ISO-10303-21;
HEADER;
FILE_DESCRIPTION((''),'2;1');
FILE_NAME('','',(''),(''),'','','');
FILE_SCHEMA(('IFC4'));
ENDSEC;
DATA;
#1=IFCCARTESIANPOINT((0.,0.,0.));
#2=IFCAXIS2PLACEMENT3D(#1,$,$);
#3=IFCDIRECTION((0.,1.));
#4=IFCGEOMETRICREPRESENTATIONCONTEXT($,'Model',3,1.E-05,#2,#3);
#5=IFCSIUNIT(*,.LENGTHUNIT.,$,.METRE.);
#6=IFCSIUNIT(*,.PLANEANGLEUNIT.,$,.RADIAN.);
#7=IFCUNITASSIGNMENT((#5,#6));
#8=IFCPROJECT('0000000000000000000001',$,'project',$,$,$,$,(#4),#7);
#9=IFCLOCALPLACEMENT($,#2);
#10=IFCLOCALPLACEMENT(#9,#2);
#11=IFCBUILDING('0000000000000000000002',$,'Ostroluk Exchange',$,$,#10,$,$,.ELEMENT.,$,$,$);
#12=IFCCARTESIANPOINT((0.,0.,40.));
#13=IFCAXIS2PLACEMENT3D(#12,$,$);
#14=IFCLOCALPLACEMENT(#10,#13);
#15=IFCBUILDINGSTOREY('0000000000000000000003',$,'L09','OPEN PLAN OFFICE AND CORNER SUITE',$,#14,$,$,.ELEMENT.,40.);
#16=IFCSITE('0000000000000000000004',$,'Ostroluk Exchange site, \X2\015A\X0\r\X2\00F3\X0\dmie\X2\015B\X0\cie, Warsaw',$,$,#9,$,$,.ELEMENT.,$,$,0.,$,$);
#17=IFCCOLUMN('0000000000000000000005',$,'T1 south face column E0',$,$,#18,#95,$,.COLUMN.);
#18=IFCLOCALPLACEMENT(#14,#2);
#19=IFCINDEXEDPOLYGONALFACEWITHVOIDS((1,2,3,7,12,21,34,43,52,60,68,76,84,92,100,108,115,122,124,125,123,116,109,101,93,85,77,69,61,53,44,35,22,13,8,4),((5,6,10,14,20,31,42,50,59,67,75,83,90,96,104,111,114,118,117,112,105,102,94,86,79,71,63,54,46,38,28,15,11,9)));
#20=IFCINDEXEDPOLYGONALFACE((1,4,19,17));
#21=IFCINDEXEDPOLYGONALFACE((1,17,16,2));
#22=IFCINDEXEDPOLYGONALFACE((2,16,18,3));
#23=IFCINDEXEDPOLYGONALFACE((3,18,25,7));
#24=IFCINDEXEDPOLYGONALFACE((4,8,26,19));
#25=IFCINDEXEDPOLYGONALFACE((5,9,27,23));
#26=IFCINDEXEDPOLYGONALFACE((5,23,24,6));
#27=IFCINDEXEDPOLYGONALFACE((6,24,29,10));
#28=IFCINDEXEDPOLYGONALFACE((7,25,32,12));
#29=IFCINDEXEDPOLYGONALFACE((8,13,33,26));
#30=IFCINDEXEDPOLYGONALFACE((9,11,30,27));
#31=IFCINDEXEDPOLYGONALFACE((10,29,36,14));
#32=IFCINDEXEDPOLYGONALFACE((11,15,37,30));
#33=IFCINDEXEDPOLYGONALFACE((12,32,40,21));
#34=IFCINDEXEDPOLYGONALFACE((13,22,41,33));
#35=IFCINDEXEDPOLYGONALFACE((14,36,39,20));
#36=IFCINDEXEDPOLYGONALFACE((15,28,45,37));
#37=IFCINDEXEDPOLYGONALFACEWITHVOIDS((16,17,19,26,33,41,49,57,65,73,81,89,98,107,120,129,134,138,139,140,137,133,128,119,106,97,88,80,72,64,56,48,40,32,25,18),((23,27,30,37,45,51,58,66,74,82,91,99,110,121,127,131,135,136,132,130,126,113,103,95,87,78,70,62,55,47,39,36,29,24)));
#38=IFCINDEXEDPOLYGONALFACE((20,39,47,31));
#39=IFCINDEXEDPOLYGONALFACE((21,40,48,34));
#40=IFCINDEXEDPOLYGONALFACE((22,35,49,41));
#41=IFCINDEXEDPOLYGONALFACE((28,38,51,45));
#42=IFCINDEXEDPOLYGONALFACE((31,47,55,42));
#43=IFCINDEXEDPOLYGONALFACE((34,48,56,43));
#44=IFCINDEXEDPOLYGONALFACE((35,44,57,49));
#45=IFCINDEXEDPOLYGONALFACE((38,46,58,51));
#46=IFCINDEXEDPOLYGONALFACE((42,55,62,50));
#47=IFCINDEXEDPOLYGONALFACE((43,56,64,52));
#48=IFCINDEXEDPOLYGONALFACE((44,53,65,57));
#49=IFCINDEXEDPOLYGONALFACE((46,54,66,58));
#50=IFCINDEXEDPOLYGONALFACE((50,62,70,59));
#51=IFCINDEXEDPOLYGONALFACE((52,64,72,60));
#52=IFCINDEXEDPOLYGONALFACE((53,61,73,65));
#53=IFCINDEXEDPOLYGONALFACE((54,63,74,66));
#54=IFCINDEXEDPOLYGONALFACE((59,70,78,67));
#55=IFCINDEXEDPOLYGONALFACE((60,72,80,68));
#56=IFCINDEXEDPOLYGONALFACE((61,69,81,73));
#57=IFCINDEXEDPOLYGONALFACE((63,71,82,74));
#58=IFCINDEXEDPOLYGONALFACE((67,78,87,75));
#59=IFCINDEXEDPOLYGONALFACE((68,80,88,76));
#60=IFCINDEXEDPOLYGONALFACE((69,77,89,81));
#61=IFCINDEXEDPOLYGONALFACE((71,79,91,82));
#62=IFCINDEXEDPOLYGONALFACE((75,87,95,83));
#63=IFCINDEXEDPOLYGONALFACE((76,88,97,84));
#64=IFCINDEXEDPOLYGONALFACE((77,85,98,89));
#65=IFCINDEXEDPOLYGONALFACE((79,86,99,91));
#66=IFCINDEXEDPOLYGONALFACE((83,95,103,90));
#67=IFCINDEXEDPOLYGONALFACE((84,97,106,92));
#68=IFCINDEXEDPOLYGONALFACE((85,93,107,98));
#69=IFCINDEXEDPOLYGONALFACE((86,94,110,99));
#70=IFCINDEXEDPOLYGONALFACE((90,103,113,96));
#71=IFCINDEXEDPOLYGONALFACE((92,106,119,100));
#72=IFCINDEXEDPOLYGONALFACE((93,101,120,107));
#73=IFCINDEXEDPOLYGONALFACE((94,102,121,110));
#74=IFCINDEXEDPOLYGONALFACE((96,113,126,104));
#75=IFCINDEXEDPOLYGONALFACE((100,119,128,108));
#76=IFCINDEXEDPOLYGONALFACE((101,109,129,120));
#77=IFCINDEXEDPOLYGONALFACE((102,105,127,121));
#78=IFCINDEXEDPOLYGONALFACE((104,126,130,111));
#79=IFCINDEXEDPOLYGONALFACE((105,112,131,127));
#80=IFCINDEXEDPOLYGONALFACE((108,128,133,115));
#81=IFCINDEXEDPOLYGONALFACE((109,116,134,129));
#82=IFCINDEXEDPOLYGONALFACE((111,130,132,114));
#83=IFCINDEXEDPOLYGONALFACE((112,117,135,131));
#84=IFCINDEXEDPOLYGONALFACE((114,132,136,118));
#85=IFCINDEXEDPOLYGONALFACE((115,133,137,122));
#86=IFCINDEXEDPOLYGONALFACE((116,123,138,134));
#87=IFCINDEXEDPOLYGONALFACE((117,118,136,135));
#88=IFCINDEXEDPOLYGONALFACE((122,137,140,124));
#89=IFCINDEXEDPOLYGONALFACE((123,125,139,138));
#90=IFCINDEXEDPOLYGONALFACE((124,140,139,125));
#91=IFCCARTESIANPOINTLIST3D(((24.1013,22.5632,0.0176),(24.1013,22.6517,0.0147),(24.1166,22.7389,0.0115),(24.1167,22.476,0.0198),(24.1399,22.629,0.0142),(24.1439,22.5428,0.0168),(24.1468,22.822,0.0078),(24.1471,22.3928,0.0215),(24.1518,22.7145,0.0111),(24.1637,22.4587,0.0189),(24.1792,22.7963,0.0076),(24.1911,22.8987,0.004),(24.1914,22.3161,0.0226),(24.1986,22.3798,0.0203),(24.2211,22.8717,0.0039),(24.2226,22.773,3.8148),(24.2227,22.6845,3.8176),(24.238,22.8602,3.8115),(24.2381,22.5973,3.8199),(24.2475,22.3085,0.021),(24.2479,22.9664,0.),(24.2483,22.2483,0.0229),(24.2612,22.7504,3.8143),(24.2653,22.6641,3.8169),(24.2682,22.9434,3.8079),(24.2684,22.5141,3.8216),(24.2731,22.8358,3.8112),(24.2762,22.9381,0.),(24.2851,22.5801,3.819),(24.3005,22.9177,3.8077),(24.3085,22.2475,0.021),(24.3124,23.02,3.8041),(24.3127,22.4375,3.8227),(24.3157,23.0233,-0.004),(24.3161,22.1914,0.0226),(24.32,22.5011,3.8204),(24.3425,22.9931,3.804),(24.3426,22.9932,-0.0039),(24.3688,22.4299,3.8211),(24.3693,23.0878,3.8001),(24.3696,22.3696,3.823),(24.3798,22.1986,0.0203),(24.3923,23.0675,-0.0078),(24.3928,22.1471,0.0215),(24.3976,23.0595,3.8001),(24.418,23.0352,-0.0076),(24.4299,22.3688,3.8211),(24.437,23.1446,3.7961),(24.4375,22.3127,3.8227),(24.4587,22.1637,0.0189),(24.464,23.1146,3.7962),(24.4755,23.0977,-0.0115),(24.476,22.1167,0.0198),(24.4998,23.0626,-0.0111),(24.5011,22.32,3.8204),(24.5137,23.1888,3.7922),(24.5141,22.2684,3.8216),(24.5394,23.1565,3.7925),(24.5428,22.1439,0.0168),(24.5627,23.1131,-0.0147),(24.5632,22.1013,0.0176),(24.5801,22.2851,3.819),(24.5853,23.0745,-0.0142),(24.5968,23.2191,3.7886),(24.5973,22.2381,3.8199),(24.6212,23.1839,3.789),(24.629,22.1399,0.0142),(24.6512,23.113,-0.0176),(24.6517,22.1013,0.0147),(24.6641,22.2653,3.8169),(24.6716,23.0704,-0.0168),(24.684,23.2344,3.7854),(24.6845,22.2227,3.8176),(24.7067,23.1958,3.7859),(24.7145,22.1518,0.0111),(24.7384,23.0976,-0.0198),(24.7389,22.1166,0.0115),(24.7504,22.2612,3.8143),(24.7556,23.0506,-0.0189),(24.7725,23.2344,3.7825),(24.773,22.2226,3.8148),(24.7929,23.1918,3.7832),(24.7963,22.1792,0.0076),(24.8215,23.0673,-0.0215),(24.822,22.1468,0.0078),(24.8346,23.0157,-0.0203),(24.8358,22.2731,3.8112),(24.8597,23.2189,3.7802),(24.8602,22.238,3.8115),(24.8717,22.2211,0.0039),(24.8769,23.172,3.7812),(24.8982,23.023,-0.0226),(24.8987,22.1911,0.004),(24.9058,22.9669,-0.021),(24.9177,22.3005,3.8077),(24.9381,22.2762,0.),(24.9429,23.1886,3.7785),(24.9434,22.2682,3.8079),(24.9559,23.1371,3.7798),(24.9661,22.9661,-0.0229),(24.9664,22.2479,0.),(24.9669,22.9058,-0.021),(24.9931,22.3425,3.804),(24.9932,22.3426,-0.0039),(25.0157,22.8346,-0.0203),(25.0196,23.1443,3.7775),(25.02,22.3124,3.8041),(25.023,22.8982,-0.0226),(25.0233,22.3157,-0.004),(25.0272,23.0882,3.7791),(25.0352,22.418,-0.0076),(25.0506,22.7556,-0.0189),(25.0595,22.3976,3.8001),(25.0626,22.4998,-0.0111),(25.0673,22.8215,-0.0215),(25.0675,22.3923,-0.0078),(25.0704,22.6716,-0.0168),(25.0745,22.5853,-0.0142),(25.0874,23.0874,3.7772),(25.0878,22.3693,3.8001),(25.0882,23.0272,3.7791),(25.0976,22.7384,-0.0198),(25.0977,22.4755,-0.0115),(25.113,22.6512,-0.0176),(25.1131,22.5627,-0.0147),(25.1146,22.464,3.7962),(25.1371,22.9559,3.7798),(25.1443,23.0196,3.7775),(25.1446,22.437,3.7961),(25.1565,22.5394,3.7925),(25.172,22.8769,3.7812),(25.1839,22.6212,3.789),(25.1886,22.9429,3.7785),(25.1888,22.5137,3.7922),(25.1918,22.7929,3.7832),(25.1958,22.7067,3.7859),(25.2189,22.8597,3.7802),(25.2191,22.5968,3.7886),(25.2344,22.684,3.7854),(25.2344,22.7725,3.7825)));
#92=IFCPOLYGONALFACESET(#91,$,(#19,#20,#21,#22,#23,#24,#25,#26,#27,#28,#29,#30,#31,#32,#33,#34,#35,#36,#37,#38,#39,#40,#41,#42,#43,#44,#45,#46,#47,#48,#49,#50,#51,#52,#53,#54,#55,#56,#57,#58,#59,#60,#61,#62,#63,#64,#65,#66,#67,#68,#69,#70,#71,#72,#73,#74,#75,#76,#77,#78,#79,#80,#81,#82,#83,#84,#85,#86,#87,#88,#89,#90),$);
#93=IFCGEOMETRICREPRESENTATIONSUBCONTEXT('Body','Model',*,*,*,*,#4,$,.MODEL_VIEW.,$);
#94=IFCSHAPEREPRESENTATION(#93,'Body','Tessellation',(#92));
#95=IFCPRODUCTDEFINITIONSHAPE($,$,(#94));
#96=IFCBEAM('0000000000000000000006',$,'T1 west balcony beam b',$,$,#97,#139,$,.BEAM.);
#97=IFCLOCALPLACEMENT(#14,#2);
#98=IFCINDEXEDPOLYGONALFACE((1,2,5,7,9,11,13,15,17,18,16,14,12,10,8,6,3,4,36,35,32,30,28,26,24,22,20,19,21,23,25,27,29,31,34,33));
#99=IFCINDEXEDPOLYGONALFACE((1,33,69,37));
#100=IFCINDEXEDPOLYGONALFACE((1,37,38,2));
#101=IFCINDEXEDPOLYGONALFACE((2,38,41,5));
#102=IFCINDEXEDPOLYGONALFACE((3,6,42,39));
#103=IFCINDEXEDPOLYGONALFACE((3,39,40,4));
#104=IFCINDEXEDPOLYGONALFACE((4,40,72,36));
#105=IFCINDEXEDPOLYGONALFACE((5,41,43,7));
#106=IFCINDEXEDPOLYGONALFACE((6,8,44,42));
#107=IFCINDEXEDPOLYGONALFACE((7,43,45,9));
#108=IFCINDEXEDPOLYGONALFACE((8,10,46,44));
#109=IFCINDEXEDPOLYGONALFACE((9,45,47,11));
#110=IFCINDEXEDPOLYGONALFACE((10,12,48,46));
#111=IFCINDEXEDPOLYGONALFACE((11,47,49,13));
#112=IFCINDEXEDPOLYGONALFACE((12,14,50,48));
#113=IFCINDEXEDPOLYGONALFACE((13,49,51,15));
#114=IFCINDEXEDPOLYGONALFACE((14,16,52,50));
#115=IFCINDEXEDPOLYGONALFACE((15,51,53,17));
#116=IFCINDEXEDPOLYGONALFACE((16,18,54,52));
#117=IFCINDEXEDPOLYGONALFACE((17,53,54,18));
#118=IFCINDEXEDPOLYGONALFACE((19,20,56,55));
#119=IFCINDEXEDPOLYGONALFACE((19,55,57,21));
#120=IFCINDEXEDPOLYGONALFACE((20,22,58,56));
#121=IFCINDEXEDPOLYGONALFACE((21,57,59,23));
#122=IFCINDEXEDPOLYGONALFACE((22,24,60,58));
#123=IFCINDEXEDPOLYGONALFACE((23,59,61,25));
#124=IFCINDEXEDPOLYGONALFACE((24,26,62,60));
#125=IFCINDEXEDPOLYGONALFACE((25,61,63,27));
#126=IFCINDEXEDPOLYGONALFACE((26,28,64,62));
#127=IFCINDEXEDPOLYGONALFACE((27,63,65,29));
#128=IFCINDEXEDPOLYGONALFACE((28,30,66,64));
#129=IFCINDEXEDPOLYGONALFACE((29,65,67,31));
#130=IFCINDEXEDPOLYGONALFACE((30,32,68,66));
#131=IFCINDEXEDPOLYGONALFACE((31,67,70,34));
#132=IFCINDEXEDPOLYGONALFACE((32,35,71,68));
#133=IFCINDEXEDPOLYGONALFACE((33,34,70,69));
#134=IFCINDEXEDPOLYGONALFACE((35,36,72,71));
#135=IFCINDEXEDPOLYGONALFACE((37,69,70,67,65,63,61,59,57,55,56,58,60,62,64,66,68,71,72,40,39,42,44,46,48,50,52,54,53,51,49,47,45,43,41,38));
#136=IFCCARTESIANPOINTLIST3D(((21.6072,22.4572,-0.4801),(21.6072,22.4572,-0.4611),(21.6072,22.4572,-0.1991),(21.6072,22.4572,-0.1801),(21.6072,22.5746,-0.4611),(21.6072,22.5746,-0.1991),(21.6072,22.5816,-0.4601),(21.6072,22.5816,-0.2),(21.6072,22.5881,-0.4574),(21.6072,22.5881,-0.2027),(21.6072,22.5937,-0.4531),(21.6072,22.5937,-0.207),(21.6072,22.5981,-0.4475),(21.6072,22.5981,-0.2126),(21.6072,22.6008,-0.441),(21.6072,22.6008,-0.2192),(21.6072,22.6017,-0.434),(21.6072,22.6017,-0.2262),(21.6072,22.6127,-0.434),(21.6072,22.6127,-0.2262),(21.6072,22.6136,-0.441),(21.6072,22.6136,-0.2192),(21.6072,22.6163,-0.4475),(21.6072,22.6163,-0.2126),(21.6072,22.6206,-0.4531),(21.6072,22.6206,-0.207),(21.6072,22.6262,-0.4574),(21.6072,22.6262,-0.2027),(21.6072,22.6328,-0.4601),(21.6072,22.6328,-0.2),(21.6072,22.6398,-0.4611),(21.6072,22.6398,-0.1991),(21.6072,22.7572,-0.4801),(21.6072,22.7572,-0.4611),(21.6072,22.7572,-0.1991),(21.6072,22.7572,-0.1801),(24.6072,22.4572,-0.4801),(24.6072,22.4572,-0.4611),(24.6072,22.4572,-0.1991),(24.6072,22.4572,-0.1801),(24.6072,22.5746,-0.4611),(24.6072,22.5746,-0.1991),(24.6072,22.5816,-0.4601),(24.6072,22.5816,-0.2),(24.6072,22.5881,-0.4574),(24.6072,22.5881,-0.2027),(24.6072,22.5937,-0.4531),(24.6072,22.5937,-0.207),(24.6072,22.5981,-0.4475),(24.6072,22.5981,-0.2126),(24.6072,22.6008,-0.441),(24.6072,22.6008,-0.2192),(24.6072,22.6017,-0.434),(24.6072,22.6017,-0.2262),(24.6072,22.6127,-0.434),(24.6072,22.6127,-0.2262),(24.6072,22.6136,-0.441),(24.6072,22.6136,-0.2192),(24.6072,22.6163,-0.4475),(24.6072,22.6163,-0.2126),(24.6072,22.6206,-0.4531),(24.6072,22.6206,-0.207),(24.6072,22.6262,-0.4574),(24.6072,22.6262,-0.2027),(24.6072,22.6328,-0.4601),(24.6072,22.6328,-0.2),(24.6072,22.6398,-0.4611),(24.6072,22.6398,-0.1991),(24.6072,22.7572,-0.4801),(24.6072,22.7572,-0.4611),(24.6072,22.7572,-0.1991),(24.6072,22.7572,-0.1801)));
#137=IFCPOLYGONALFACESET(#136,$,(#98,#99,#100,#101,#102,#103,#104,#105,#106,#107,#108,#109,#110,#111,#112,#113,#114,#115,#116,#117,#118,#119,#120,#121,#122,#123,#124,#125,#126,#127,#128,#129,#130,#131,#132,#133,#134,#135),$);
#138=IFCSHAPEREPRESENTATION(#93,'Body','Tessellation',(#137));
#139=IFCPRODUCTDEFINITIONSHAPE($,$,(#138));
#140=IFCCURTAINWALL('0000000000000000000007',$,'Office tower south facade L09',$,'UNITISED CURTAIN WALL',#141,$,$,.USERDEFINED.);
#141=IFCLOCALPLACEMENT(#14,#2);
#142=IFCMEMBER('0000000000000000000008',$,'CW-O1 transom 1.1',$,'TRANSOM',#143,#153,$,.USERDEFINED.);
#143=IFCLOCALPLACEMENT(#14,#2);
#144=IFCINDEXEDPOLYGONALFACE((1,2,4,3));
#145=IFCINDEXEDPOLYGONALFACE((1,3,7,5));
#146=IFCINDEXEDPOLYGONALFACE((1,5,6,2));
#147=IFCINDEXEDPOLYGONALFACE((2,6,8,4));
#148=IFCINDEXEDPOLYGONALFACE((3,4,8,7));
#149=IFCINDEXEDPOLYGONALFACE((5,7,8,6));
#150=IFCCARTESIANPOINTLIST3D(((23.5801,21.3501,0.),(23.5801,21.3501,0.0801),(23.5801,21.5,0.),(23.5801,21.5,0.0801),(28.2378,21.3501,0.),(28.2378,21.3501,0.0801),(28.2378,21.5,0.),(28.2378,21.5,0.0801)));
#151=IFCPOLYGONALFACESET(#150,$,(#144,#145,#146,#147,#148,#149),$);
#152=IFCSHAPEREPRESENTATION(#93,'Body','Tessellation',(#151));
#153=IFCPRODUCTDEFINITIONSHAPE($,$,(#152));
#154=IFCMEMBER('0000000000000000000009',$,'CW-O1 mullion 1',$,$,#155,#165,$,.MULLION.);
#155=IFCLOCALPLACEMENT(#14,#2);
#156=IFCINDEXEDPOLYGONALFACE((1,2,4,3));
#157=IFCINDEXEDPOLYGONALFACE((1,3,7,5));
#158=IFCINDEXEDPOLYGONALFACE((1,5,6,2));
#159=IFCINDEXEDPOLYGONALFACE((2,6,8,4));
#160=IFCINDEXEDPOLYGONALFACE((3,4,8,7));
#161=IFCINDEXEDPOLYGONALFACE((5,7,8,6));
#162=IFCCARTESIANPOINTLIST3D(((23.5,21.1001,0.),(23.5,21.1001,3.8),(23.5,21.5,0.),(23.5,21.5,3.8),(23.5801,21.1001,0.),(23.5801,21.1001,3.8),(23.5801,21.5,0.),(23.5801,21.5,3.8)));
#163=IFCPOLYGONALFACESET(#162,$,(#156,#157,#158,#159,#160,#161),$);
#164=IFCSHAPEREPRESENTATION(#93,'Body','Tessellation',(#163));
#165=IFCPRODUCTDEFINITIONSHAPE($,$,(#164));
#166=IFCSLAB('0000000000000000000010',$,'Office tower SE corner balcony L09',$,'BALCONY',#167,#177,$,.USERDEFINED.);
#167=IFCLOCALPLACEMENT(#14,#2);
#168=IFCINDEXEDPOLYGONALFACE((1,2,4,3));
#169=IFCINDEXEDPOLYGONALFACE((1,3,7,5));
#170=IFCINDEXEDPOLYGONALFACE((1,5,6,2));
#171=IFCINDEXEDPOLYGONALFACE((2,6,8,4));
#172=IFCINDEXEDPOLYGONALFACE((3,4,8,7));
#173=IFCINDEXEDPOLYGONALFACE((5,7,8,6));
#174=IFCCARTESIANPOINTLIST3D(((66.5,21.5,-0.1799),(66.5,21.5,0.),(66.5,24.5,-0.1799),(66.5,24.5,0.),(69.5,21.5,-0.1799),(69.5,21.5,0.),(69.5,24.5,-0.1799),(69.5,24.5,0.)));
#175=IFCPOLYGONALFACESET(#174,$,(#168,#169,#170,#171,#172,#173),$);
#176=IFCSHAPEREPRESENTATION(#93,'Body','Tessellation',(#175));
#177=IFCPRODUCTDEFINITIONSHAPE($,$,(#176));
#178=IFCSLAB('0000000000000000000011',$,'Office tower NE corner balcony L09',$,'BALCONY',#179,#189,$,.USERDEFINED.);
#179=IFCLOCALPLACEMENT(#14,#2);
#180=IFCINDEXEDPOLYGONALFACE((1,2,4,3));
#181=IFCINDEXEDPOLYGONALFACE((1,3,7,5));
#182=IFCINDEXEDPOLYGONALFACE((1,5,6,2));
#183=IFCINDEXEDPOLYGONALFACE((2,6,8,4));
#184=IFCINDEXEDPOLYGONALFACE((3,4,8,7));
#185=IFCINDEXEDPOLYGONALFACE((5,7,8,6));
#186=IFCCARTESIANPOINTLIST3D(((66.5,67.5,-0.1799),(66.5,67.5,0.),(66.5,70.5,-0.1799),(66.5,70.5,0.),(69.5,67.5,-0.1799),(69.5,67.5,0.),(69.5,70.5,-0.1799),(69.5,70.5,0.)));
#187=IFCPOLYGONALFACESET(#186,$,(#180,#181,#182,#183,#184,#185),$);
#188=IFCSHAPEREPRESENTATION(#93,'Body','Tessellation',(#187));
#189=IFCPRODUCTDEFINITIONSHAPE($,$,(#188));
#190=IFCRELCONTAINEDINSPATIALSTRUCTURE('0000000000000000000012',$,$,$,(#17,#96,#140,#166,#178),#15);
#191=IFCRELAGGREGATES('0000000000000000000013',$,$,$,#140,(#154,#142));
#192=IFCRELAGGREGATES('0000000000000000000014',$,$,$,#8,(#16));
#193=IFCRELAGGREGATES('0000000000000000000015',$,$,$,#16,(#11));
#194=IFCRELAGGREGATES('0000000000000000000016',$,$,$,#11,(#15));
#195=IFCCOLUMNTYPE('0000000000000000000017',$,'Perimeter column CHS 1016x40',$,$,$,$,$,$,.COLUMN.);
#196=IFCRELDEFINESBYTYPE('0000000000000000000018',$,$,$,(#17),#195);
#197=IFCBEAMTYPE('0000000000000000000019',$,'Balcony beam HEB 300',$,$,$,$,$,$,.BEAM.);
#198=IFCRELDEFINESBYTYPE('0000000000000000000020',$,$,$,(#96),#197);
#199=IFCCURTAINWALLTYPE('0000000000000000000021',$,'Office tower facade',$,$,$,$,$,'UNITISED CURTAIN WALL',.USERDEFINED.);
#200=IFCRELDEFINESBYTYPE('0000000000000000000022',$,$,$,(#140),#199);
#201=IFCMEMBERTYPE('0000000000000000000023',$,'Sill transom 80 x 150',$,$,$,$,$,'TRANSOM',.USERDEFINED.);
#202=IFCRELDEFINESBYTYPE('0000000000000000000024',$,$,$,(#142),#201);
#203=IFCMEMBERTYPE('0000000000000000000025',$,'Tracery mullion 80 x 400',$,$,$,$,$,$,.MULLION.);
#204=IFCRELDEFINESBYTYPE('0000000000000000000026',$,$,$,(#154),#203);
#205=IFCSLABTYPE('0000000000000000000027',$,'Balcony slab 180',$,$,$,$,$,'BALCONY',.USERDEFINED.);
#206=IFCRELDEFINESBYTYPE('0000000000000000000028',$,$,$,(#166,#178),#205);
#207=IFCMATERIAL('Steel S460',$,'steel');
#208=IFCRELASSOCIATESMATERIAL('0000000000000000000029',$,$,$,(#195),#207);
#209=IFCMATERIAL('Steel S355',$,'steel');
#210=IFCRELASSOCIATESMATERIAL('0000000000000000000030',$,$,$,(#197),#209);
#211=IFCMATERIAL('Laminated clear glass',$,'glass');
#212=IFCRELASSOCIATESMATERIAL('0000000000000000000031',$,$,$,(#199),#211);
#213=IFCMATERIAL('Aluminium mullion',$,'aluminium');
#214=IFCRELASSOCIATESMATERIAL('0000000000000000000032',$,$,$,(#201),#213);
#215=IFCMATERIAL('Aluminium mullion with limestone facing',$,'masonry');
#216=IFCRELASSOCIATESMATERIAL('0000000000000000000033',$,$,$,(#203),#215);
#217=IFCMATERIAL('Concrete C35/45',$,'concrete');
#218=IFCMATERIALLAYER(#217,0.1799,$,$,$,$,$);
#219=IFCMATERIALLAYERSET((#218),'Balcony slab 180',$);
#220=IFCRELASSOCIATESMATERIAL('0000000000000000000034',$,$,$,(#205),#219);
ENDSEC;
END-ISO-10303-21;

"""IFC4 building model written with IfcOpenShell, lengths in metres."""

from ifc_helpers import new_model, si_unit, direction, frame, origin, origin_2d, place, context, subcontext, project, spatial, polyline, rectangle, hollow_circle, i_section, outline, extrude, material, layer, layer_set, material_profile, profile_set, type_object, element, aggregate, save


model = new_model("IFC4")

# Units and contexts
model_context = context("Model", 3, precision=1e-05, world=origin(), true_north=direction((0.0, 1.0)))
body_context = subcontext(model_context, "Body", "Model", "MODEL_VIEW")
ifc_project = project(units=[si_unit("LENGTHUNIT", "METRE"), si_unit("PLANEANGLEUNIT", "RADIAN")], contexts=[model_context])

# Site, building, storey
site_placement = place(None, origin())
site = spatial("IfcSite", under=ifc_project, at=site_placement, Name="Ostroluk Exchange site, Śródmieście, Warsaw", CompositionType="ELEMENT", RefElevation=0.0)
building_placement = place(site_placement, origin())
building = spatial("IfcBuilding", under=site, at=building_placement, Name="Ostroluk Exchange", CompositionType="ELEMENT")
storey_placement = place(building_placement, frame((0.0, 0.0, 40.0)))
storey = spatial("IfcBuildingStorey", under=building, at=storey_placement, Name="L09", Description="OPEN PLAN OFFICE AND CORNER SUITE", CompositionType="ELEMENT", Elevation=40.0)

# Column
ifc_material_1 = material(Name="Steel S460", Category="steel")
ifc_material_profile_1 = material_profile(ifc_material_1, hollow_circle(Radius=0.5081, WallThickness=0.04, at=origin_2d()), Name="CHS 1016x40")
ifc_profile_set_1 = profile_set([ifc_material_profile_1], Name="Steel S460")
column_type = type_object("IfcColumnType", Name="Perimeter column CHS 1016x40", PredefinedType="COLUMN", material=ifc_profile_set_1)
column_placement = place(storey_placement, frame((24.6072, 22.6072, 0.0), z_axis=(0.031898, 0.031898, 0.998982), x_axis=(-0.707107, 0.707107, 0.0)))
element("IfcColumn", 1, at=column_placement, inside=storey, type_object=column_type, Name="T1 south face column E0", PredefinedType="COLUMN", context=body_context, shape_type="SweptSolid", body=[
    extrude(hollow_circle(Radius=0.5081, WallThickness=0.04, at=origin_2d()), origin(), (0.0, 0.0, 1.0), 3.804),
])

# Beam
ifc_material_2 = material(Name="Steel S355", Category="steel")
ifc_material_profile_2 = material_profile(ifc_material_2, i_section(OverallWidth=0.3, OverallDepth=0.3, WebThickness=0.011, FlangeThickness=0.019, FilletRadius=0.0271, at=origin_2d()), Name="HEB 300")
ifc_profile_set_2 = profile_set([ifc_material_profile_2], Name="Steel S355")
beam_type = type_object("IfcBeamType", Name="Balcony beam HEB 300", PredefinedType="BEAM", material=ifc_profile_set_2)
beam_placement = place(storey_placement, frame((24.6072, 22.6072, -0.3301), z_axis=(-1.0, 0.0, 0.0), x_axis=(0.0, -1.0, 0.0)))
element("IfcBeam", 2, at=beam_placement, inside=storey, type_object=beam_type, Name="T1 west balcony beam b", PredefinedType="BEAM", context=body_context, shape_type="SweptSolid", body=[
    extrude(i_section(OverallWidth=0.3, OverallDepth=0.3, WebThickness=0.011, FlangeThickness=0.019, FilletRadius=0.0271, at=origin_2d()), origin(), (0.0, 0.0, 1.0), 3.0),
])

# Curtain wall, members
ifc_material_3 = material(Name="Laminated clear glass", Category="glass")
curtain_wall_type = type_object("IfcCurtainWallType", Name="Office tower facade", ElementType="UNITISED CURTAIN WALL", PredefinedType="USERDEFINED", material=ifc_material_3)
curtain_wall_placement = place(storey_placement, origin())
curtain_wall = element("IfcCurtainWall", 3, at=curtain_wall_placement, inside=storey, type_object=curtain_wall_type, Name="Office tower south facade L09", ObjectType="UNITISED CURTAIN WALL", PredefinedType="USERDEFINED")
ifc_material_4 = material(Name="Aluminium mullion", Category="aluminium")
ifc_material_profile_3 = material_profile(ifc_material_4, rectangle(XDim=0.1499, YDim=0.0801, at=origin_2d()), Name="Sill transom 80 x 150")
ifc_profile_set_3 = profile_set([ifc_material_profile_3], Name="Aluminium mullion")
member_type_1 = type_object("IfcMemberType", Name="Sill transom 80 x 150", ElementType="TRANSOM", PredefinedType="USERDEFINED", material=ifc_profile_set_3)
member_1_placement = place(storey_placement, frame((23.5801, 21.425, 0.04), z_axis=(1.0, 0.0, 0.0), x_axis=(0.0, 1.0, 0.0)))
member_1 = element("IfcMember", 4, at=member_1_placement, type_object=member_type_1, Name="CW-O1 transom 1.1", ObjectType="TRANSOM", PredefinedType="USERDEFINED", context=body_context, shape_type="SweptSolid", body=[
    extrude(rectangle(XDim=0.1499, YDim=0.0801, at=origin_2d()), origin(), (0.0, 0.0, 1.0), 4.6577),
])
ifc_material_5 = material(Name="Aluminium mullion with limestone facing", Category="masonry")
ifc_material_profile_4 = material_profile(ifc_material_5, rectangle(XDim=0.3999, YDim=0.0801, at=origin_2d()), Name="Tracery mullion 80 x 400")
ifc_profile_set_4 = profile_set([ifc_material_profile_4], Name="Aluminium mullion with limestone facing")
member_type_2 = type_object("IfcMemberType", Name="Tracery mullion 80 x 400", PredefinedType="MULLION", material=ifc_profile_set_4)
member_2_placement = place(storey_placement, frame((23.54, 21.3, 0.0), z_axis=(0.0, 0.0, 1.0), x_axis=(0.0, 1.0, 0.0)))
member_2 = element("IfcMember", 5, at=member_2_placement, type_object=member_type_2, Name="CW-O1 mullion 1", PredefinedType="MULLION", context=body_context, shape_type="SweptSolid", body=[
    extrude(rectangle(XDim=0.3999, YDim=0.0801, at=origin_2d()), origin(), (0.0, 0.0, 1.0), 3.8),
])

# Slabs
ifc_material_6 = material(Name="Concrete C35/45", Category="concrete")
ifc_layer_1 = layer(ifc_material_6, 0.1799)
ifc_layer_set_1 = layer_set([ifc_layer_1], Name="Balcony slab 180")
slab_type_1 = type_object("IfcSlabType", Name="Balcony slab 180", ElementType="BALCONY", PredefinedType="USERDEFINED", material=ifc_layer_set_1)
slab_1_placement = place(storey_placement, frame((0.0, 0.0, -0.1799)))
element("IfcSlab", 6, at=slab_1_placement, inside=storey, type_object=slab_type_1, Name="Office tower SE corner balcony L09", ObjectType="BALCONY", PredefinedType="USERDEFINED", context=body_context, shape_type="SweptSolid", body=[
    extrude(outline(polyline([(66.5, 21.5), (69.5, 21.5), (69.5, 24.5), (66.5, 24.5), (66.5, 21.5)])), origin(), (0.0, 0.0, 1.0), 0.1799),
])
slab_2_placement = place(storey_placement, frame((0.0, 0.0, -0.1799)))
element("IfcSlab", 7, at=slab_2_placement, inside=storey, type_object=slab_type_1, Name="Office tower NE corner balcony L09", ObjectType="BALCONY", PredefinedType="USERDEFINED", context=body_context, shape_type="SweptSolid", body=[
    extrude(outline(polyline([(66.5, 67.5), (69.5, 67.5), (69.5, 70.5), (66.5, 70.5), (66.5, 67.5)])), origin(), (0.0, 0.0, 1.0), 0.1799),
])

aggregate(curtain_wall, [member_2, member_1])

save(model, "model.ifc")
